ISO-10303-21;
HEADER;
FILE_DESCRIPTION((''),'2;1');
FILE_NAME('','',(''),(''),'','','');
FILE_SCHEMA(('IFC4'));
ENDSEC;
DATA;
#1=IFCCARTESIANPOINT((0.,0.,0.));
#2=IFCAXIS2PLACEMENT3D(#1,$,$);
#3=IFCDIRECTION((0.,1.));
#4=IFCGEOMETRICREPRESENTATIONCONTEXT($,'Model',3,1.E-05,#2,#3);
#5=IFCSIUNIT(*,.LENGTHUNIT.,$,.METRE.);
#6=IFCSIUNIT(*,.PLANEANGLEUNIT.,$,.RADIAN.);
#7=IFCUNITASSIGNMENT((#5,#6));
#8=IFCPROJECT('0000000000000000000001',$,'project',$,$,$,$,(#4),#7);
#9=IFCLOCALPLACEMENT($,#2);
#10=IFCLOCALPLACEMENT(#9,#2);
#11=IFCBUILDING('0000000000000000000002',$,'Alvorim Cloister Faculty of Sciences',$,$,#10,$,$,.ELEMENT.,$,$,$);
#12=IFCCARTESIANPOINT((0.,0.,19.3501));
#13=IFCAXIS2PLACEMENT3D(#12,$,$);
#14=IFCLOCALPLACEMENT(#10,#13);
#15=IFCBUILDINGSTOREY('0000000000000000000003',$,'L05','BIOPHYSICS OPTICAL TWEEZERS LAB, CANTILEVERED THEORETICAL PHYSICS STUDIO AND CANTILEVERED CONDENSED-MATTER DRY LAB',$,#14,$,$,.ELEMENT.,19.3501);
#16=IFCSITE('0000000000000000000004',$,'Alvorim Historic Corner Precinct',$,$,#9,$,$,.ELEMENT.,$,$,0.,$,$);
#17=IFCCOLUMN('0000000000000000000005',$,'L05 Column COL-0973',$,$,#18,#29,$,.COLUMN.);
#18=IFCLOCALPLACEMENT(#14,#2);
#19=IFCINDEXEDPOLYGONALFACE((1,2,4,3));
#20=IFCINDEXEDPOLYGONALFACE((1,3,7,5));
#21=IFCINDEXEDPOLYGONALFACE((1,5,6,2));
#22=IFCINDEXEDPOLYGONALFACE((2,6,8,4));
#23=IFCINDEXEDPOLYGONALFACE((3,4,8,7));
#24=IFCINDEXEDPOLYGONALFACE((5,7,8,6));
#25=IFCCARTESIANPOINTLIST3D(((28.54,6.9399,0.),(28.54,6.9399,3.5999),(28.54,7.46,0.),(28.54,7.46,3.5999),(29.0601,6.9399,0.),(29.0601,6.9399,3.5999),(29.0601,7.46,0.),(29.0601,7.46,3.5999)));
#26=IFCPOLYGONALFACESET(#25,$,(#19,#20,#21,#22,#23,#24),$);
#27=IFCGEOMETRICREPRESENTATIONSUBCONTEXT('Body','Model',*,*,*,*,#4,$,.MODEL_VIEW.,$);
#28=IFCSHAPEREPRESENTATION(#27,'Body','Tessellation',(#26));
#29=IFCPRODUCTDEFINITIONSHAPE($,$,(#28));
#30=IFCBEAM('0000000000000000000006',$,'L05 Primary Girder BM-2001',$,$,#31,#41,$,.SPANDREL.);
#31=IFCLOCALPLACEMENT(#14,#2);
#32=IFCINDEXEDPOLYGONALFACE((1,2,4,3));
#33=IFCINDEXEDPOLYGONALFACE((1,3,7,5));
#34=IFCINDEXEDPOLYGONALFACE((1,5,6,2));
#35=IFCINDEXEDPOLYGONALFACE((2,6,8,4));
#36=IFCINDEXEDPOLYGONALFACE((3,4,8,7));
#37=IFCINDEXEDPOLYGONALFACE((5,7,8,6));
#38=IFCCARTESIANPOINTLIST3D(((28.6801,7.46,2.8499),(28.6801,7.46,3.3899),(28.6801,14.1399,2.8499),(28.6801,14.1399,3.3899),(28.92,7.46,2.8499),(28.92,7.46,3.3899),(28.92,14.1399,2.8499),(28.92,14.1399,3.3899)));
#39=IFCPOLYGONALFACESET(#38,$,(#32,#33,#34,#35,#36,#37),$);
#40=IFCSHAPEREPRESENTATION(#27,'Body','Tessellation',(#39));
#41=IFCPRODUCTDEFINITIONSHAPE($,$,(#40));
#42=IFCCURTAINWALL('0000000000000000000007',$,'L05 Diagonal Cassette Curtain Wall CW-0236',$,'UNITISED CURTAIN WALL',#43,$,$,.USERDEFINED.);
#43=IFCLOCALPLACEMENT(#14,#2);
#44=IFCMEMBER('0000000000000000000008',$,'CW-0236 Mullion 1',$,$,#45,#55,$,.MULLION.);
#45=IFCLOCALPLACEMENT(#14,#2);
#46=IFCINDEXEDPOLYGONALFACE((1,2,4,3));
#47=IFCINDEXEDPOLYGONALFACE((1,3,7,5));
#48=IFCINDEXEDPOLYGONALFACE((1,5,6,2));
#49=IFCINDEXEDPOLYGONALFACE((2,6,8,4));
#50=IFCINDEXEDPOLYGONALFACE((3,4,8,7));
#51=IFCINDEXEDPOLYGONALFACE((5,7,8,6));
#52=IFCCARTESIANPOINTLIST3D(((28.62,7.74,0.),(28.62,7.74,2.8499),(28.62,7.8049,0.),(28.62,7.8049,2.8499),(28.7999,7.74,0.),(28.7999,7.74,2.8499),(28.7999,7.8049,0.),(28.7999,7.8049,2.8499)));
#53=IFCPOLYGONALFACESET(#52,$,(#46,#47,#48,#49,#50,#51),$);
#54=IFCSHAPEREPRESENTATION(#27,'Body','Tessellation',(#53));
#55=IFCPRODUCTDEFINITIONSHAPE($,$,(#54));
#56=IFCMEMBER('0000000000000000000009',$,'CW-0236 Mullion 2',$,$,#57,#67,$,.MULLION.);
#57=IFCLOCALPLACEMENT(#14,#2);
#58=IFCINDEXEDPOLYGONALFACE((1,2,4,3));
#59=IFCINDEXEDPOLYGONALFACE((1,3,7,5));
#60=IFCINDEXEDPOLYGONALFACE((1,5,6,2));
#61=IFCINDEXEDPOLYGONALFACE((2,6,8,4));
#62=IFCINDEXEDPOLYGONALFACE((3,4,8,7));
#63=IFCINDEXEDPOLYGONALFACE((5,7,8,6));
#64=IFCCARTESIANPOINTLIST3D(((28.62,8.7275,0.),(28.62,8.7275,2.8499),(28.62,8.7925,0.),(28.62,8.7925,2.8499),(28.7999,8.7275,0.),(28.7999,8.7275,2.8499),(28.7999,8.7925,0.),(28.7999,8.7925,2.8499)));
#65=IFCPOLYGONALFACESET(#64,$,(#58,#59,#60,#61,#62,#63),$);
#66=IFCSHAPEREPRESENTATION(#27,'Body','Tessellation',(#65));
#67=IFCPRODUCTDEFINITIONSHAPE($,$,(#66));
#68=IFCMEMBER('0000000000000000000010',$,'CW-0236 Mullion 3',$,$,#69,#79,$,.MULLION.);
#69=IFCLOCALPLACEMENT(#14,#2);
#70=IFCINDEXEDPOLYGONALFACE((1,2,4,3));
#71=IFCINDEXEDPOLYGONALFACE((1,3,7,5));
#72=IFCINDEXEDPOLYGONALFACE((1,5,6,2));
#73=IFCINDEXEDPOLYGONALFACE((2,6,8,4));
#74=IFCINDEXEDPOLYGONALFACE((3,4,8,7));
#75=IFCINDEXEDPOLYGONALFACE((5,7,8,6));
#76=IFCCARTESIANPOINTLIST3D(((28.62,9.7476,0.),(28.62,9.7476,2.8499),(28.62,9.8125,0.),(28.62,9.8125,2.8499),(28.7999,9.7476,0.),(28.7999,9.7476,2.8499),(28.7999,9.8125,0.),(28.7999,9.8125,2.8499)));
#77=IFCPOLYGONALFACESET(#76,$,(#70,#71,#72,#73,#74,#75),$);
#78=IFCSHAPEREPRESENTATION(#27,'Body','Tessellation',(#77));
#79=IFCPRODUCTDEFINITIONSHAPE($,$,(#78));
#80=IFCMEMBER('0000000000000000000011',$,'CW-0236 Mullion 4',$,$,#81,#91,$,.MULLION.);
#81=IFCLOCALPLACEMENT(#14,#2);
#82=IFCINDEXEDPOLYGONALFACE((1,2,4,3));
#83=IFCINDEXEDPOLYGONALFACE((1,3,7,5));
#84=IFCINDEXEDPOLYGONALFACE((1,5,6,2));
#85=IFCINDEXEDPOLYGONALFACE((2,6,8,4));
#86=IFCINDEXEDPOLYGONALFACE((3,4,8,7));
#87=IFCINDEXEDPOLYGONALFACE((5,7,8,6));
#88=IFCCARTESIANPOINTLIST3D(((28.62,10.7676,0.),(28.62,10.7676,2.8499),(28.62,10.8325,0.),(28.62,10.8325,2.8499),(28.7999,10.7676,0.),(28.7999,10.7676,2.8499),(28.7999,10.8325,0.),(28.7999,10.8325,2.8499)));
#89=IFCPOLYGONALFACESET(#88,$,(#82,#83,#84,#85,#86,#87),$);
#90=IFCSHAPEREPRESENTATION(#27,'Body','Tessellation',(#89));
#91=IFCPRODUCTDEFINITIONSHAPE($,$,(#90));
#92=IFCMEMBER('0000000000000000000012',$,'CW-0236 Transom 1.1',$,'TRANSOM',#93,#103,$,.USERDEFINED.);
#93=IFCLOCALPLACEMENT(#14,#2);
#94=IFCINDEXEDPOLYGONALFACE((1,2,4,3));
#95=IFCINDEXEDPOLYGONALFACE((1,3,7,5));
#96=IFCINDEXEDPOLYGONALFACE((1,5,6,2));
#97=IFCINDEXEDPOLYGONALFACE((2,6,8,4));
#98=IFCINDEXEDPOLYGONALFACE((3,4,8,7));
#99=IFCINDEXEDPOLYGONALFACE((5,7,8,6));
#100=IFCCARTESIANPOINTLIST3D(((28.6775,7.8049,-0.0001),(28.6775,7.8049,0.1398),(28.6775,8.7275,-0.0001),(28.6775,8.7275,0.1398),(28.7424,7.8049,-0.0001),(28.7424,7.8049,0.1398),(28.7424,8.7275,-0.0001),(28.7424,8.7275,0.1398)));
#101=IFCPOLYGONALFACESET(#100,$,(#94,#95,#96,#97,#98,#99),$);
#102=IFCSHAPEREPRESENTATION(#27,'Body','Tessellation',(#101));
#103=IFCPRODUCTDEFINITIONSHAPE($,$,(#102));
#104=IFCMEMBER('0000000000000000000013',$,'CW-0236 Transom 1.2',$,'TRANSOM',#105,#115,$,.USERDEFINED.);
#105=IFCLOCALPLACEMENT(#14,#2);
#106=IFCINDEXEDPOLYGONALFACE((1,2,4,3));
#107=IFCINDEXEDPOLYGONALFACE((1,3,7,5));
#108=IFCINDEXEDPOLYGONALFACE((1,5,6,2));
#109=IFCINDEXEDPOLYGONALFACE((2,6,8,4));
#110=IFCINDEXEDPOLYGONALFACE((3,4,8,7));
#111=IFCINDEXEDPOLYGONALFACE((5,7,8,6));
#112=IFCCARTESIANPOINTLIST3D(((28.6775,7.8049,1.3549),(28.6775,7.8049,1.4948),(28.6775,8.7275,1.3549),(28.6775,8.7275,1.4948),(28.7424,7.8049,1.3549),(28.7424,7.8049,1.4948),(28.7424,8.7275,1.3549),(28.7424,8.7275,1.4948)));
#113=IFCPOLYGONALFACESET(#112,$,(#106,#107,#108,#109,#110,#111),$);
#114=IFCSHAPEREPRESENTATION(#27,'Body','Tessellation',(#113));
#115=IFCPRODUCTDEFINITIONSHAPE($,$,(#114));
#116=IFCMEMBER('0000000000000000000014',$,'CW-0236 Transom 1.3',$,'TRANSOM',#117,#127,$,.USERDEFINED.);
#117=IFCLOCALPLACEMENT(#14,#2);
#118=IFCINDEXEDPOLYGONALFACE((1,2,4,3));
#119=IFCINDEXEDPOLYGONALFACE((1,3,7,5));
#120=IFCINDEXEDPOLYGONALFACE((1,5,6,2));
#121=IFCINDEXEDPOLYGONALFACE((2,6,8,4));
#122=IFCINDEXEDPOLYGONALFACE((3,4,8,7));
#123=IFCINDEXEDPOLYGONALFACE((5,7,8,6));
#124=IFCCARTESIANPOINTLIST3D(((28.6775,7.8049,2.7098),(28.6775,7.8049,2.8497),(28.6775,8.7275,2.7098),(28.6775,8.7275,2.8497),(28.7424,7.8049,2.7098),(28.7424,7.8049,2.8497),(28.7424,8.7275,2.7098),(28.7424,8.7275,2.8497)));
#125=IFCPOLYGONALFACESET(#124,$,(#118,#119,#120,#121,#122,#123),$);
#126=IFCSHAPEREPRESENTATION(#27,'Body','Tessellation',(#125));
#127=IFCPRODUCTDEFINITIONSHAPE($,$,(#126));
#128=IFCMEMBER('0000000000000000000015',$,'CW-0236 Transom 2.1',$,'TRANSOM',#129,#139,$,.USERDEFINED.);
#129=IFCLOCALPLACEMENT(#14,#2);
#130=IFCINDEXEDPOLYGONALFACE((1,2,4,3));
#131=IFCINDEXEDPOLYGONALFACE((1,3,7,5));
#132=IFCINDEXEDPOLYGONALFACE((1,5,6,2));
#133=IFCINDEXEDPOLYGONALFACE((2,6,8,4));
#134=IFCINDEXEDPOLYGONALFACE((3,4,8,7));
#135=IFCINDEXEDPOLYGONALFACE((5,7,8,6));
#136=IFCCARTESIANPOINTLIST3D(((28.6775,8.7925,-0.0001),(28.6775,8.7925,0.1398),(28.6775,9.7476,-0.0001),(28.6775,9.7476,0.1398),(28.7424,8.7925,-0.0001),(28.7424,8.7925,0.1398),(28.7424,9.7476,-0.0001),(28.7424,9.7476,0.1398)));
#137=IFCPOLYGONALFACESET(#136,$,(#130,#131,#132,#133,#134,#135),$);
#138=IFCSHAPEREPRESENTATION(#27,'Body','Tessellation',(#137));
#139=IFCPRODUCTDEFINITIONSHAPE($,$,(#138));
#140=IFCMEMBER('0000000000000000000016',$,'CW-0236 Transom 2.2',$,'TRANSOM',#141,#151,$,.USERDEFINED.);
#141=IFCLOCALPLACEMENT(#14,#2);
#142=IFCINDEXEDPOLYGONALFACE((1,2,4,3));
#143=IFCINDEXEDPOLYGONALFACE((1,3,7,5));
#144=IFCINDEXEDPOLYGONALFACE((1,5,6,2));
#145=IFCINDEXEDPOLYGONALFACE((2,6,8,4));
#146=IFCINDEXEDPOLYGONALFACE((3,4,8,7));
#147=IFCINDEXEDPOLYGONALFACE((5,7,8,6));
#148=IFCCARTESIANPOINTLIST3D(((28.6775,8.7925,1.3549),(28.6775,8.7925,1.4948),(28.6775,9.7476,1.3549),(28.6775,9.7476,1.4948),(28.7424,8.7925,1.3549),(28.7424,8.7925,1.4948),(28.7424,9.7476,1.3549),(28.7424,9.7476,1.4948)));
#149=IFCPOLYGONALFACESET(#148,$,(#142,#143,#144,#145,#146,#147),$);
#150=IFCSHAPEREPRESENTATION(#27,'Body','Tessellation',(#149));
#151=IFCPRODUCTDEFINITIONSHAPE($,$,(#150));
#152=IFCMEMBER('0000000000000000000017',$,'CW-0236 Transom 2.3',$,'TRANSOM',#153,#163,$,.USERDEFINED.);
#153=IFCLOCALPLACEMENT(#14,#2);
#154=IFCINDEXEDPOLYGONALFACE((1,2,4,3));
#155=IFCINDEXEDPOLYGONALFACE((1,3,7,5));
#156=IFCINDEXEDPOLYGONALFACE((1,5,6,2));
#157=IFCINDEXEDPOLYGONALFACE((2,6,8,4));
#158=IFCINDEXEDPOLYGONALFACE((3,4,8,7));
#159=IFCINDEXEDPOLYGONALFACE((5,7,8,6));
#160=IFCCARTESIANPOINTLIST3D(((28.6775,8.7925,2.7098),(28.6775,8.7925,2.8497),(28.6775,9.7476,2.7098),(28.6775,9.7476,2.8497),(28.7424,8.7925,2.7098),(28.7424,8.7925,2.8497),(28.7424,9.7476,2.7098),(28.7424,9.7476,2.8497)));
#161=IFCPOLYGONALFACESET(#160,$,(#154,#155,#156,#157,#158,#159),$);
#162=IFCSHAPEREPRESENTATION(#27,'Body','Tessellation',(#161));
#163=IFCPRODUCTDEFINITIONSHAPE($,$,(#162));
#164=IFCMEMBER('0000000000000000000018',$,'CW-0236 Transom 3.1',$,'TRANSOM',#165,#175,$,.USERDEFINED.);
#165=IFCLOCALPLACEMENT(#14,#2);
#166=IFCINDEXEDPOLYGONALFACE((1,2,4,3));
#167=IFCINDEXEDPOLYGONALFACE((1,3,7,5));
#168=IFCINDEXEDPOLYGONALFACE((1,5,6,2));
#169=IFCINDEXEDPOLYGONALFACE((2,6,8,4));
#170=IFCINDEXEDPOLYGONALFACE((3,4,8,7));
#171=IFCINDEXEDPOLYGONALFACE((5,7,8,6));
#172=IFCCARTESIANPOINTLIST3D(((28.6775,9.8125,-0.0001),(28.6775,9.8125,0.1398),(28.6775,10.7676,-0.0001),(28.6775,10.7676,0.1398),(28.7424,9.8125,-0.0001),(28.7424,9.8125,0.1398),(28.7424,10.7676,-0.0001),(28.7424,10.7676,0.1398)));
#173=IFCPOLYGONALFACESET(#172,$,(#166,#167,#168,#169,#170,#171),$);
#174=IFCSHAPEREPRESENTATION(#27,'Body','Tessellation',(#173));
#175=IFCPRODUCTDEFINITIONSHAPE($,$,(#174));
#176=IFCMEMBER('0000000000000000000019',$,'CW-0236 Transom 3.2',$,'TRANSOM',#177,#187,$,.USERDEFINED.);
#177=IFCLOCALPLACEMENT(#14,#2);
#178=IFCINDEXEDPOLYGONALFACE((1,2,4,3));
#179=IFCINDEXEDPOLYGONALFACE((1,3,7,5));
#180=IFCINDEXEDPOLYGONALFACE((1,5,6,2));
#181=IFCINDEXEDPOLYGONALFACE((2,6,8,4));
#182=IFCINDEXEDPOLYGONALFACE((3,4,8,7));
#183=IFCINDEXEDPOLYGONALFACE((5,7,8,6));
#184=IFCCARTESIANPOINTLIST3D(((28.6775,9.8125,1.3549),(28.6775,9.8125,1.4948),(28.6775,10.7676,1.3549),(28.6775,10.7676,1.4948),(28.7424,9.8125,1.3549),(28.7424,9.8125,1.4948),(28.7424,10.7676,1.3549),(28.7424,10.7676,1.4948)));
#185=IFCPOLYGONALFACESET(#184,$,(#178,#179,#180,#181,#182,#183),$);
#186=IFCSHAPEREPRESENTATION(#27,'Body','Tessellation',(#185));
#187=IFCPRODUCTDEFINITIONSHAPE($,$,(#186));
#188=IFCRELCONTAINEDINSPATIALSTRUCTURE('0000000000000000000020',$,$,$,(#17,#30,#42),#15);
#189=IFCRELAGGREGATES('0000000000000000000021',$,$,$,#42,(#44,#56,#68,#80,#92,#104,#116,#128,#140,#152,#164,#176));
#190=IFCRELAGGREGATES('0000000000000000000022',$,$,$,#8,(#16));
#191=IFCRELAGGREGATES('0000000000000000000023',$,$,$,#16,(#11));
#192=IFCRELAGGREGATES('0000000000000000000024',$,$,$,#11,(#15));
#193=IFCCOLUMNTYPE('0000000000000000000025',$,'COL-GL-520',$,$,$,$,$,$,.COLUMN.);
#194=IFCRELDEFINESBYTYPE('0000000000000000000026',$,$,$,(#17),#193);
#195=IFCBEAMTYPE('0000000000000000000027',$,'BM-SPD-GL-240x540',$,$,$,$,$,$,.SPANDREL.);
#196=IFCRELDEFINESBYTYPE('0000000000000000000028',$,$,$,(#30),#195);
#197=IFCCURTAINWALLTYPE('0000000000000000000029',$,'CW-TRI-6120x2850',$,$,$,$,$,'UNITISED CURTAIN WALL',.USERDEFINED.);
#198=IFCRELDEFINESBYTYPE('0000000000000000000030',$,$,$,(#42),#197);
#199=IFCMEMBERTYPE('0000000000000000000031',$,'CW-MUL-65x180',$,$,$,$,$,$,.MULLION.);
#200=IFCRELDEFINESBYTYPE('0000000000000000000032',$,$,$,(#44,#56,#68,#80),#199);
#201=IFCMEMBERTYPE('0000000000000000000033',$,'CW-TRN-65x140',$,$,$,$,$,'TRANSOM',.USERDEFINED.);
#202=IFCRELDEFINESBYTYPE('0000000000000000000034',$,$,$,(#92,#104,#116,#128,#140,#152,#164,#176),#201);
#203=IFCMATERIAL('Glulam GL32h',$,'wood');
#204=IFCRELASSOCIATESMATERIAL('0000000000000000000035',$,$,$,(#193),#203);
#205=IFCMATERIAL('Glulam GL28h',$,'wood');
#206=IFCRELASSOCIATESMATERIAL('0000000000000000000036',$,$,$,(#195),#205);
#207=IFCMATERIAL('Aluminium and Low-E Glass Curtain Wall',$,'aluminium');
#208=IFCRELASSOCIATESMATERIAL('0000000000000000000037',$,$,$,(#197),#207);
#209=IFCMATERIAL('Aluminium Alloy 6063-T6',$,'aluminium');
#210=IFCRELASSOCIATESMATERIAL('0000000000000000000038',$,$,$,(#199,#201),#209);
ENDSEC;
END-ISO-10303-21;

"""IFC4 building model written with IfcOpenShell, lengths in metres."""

from ifc_helpers import new_model, si_unit, direction, frame, origin, origin_2d, place, context, subcontext, project, spatial, rectangle, extrude, material, material_profile, profile_set, type_object, element, aggregate, save


model = new_model("IFC4")

# Units and contexts
model_context = context("Model", 3, precision=1e-05, world=origin(), true_north=direction((0.0, 1.0)))
body_context = subcontext(model_context, "Body", "Model", "MODEL_VIEW")
ifc_project = project(units=[si_unit("LENGTHUNIT", "METRE"), si_unit("PLANEANGLEUNIT", "RADIAN")], contexts=[model_context])

# Site, building, storey
site_placement = place(None, origin())
site = spatial("IfcSite", under=ifc_project, at=site_placement, Name="Alvorim Historic Corner Precinct", CompositionType="ELEMENT", RefElevation=0.0)
building_placement = place(site_placement, origin())
building = spatial("IfcBuilding", under=site, at=building_placement, Name="Alvorim Cloister Faculty of Sciences", CompositionType="ELEMENT")
storey_placement = place(building_placement, frame((0.0, 0.0, 19.3501)))
storey = spatial("IfcBuildingStorey", under=building, at=storey_placement, Name="L05", Description="BIOPHYSICS OPTICAL TWEEZERS LAB, CANTILEVERED THEORETICAL PHYSICS STUDIO AND CANTILEVERED CONDENSED-MATTER DRY LAB", CompositionType="ELEMENT", Elevation=19.3501)

# Column
ifc_material_1 = material(Name="Glulam GL32h", Category="wood")
ifc_material_profile_1 = material_profile(ifc_material_1, rectangle(XDim=0.52, YDim=0.52, at=origin_2d()), Name="GL32-COL-520x520")
ifc_profile_set_1 = profile_set([ifc_material_profile_1], Name="Glulam GL32h")
column_type = type_object("IfcColumnType", Name="COL-GL-520", PredefinedType="COLUMN", material=ifc_profile_set_1)
column_placement = place(storey_placement, frame((28.8, 7.2, 0.0), z_axis=(0.0, 0.0, 1.0), x_axis=(1.0, 0.0, 0.0)))
element("IfcColumn", 1, at=column_placement, inside=storey, type_object=column_type, Name="L05 Column COL-0973", PredefinedType="COLUMN", context=body_context, shape_type="SweptSolid", body=[
    extrude(rectangle(XDim=0.52, YDim=0.52, at=origin_2d()), origin(), (0.0, 0.0, 1.0), 3.5999),
])

# Beam
ifc_material_2 = material(Name="Glulam GL28h", Category="wood")
ifc_material_profile_2 = material_profile(ifc_material_2, rectangle(XDim=0.24, YDim=0.54, at=origin_2d()), Name="GL28-SPD-240x540")
ifc_profile_set_2 = profile_set([ifc_material_profile_2], Name="Glulam GL28h")
beam_type = type_object("IfcBeamType", Name="BM-SPD-GL-240x540", PredefinedType="SPANDREL", material=ifc_profile_set_2)
beam_placement = place(storey_placement, frame((28.8, 7.46, 3.1199), z_axis=(0.0, 1.0, 0.0), x_axis=(-1.0, 0.0, 0.0)))
element("IfcBeam", 2, at=beam_placement, inside=storey, type_object=beam_type, Name="L05 Primary Girder BM-2001", PredefinedType="SPANDREL", context=body_context, shape_type="SweptSolid", body=[
    extrude(rectangle(XDim=0.24, YDim=0.54, at=origin_2d()), origin(), (0.0, 0.0, 1.0), 6.6799),
])

# Curtain wall, members
ifc_material_3 = material(Name="Aluminium and Low-E Glass Curtain Wall", Category="aluminium")
curtain_wall_type = type_object("IfcCurtainWallType", Name="CW-TRI-6120x2850", ElementType="UNITISED CURTAIN WALL", PredefinedType="USERDEFINED", material=ifc_material_3)
curtain_wall_placement = place(storey_placement, origin())
curtain_wall = element("IfcCurtainWall", 3, at=curtain_wall_placement, inside=storey, type_object=curtain_wall_type, Name="L05 Diagonal Cassette Curtain Wall CW-0236", ObjectType="UNITISED CURTAIN WALL", PredefinedType="USERDEFINED")
ifc_material_4 = material(Name="Aluminium Alloy 6063-T6", Category="aluminium")
ifc_material_profile_3 = material_profile(ifc_material_4, rectangle(XDim=0.0649, YDim=0.1799, at=origin_2d()), Name="ALU-MUL-65x180")
ifc_profile_set_3 = profile_set([ifc_material_profile_3], Name="Aluminium Alloy 6063-T6")
member_type_1 = type_object("IfcMemberType", Name="CW-MUL-65x180", PredefinedType="MULLION", material=ifc_profile_set_3)
member_1_placement = place(storey_placement, frame((28.71, 7.7725, 0.0), z_axis=(0.0, 0.0, 1.0), x_axis=(0.0, 1.0, 0.0)))
member_1 = element("IfcMember", 4, at=member_1_placement, type_object=member_type_1, Name="CW-0236 Mullion 1", PredefinedType="MULLION", context=body_context, shape_type="SweptSolid", body=[
    extrude(rectangle(XDim=0.0649, YDim=0.1799, at=origin_2d()), origin(), (0.0, 0.0, 1.0), 2.8499),
])
member_2_placement = place(storey_placement, frame((28.71, 8.76, 0.0), z_axis=(0.0, 0.0, 1.0), x_axis=(0.0, 1.0, 0.0)))
member_2 = element("IfcMember", 5, at=member_2_placement, type_object=member_type_1, Name="CW-0236 Mullion 2", PredefinedType="MULLION", context=body_context, shape_type="SweptSolid", body=[
    extrude(rectangle(XDim=0.0649, YDim=0.1799, at=origin_2d()), origin(), (0.0, 0.0, 1.0), 2.8499),
])
member_3_placement = place(storey_placement, frame((28.71, 9.78, 0.0), z_axis=(0.0, 0.0, 1.0), x_axis=(0.0, 1.0, 0.0)))
member_3 = element("IfcMember", 6, at=member_3_placement, type_object=member_type_1, Name="CW-0236 Mullion 3", PredefinedType="MULLION", context=body_context, shape_type="SweptSolid", body=[
    extrude(rectangle(XDim=0.0649, YDim=0.1799, at=origin_2d()), origin(), (0.0, 0.0, 1.0), 2.8499),
])
member_4_placement = place(storey_placement, frame((28.71, 10.8, 0.0), z_axis=(0.0, 0.0, 1.0), x_axis=(0.0, 1.0, 0.0)))
member_4 = element("IfcMember", 7, at=member_4_placement, type_object=member_type_1, Name="CW-0236 Mullion 4", PredefinedType="MULLION", context=body_context, shape_type="SweptSolid", body=[
    extrude(rectangle(XDim=0.0649, YDim=0.1799, at=origin_2d()), origin(), (0.0, 0.0, 1.0), 2.8499),
])
ifc_material_profile_4 = material_profile(ifc_material_4, rectangle(XDim=0.0649, YDim=0.1399, at=origin_2d()), Name="ALU-TRN-65x140")
ifc_profile_set_4 = profile_set([ifc_material_profile_4], Name="Aluminium Alloy 6063-T6")
member_type_2 = type_object("IfcMemberType", Name="CW-TRN-65x140", ElementType="TRANSOM", PredefinedType="USERDEFINED", material=ifc_profile_set_4)
member_5_placement = place(storey_placement, frame((28.71, 7.8049, 0.0698), z_axis=(0.0, 1.0, 0.0), x_axis=(-1.0, 0.0, 0.0)))
member_5 = element("IfcMember", 8, at=member_5_placement, type_object=member_type_2, Name="CW-0236 Transom 1.1", ObjectType="TRANSOM", PredefinedType="USERDEFINED", context=body_context, shape_type="SweptSolid", body=[
    extrude(rectangle(XDim=0.0649, YDim=0.1399, at=origin_2d()), origin(), (0.0, 0.0, 1.0), 0.9226),
])
member_6_placement = place(storey_placement, frame((28.71, 7.8049, 1.4248), z_axis=(0.0, 1.0, 0.0), x_axis=(-1.0, 0.0, 0.0)))
member_6 = element("IfcMember", 9, at=member_6_placement, type_object=member_type_2, Name="CW-0236 Transom 1.2", ObjectType="TRANSOM", PredefinedType="USERDEFINED", context=body_context, shape_type="SweptSolid", body=[
    extrude(rectangle(XDim=0.0649, YDim=0.1399, at=origin_2d()), origin(), (0.0, 0.0, 1.0), 0.9226),
])
member_7_placement = place(storey_placement, frame((28.71, 7.8049, 2.7798), z_axis=(0.0, 1.0, 0.0), x_axis=(-1.0, 0.0, 0.0)))
member_7 = element("IfcMember", 10, at=member_7_placement, type_object=member_type_2, Name="CW-0236 Transom 1.3", ObjectType="TRANSOM", PredefinedType="USERDEFINED", context=body_context, shape_type="SweptSolid", body=[
    extrude(rectangle(XDim=0.0649, YDim=0.1399, at=origin_2d()), origin(), (0.0, 0.0, 1.0), 0.9226),
])
member_8_placement = place(storey_placement, frame((28.71, 8.7925, 0.0698), z_axis=(0.0, 1.0, 0.0), x_axis=(-1.0, 0.0, 0.0)))
member_8 = element("IfcMember", 11, at=member_8_placement, type_object=member_type_2, Name="CW-0236 Transom 2.1", ObjectType="TRANSOM", PredefinedType="USERDEFINED", context=body_context, shape_type="SweptSolid", body=[
    extrude(rectangle(XDim=0.0649, YDim=0.1399, at=origin_2d()), origin(), (0.0, 0.0, 1.0), 0.9551),
])
member_9_placement = place(storey_placement, frame((28.71, 8.7925, 1.4248), z_axis=(0.0, 1.0, 0.0), x_axis=(-1.0, 0.0, 0.0)))
member_9 = element("IfcMember", 12, at=member_9_placement, type_object=member_type_2, Name="CW-0236 Transom 2.2", ObjectType="TRANSOM", PredefinedType="USERDEFINED", context=body_context, shape_type="SweptSolid", body=[
    extrude(rectangle(XDim=0.0649, YDim=0.1399, at=origin_2d()), origin(), (0.0, 0.0, 1.0), 0.9551),
])
member_10_placement = place(storey_placement, frame((28.71, 8.7925, 2.7798), z_axis=(0.0, 1.0, 0.0), x_axis=(-1.0, 0.0, 0.0)))
member_10 = element("IfcMember", 13, at=member_10_placement, type_object=member_type_2, Name="CW-0236 Transom 2.3", ObjectType="TRANSOM", PredefinedType="USERDEFINED", context=body_context, shape_type="SweptSolid", body=[
    extrude(rectangle(XDim=0.0649, YDim=0.1399, at=origin_2d()), origin(), (0.0, 0.0, 1.0), 0.9551),
])
member_11_placement = place(storey_placement, frame((28.71, 9.8125, 0.0698), z_axis=(0.0, 1.0, 0.0), x_axis=(-1.0, 0.0, 0.0)))
member_11 = element("IfcMember", 14, at=member_11_placement, type_object=member_type_2, Name="CW-0236 Transom 3.1", ObjectType="TRANSOM", PredefinedType="USERDEFINED", context=body_context, shape_type="SweptSolid", body=[
    extrude(rectangle(XDim=0.0649, YDim=0.1399, at=origin_2d()), origin(), (0.0, 0.0, 1.0), 0.9551),
])
member_12_placement = place(storey_placement, frame((28.71, 9.8125, 1.4248), z_axis=(0.0, 1.0, 0.0), x_axis=(-1.0, 0.0, 0.0)))
member_12 = element("IfcMember", 15, at=member_12_placement, type_object=member_type_2, Name="CW-0236 Transom 3.2", ObjectType="TRANSOM", PredefinedType="USERDEFINED", context=body_context, shape_type="SweptSolid", body=[
    extrude(rectangle(XDim=0.0649, YDim=0.1399, at=origin_2d()), origin(), (0.0, 0.0, 1.0), 0.9551),
])
aggregate(curtain_wall, [member_1, member_2, member_3, member_4, member_5, member_6, member_7, member_8, member_9, member_10, member_11, member_12])

save(model, "model.ifc")
